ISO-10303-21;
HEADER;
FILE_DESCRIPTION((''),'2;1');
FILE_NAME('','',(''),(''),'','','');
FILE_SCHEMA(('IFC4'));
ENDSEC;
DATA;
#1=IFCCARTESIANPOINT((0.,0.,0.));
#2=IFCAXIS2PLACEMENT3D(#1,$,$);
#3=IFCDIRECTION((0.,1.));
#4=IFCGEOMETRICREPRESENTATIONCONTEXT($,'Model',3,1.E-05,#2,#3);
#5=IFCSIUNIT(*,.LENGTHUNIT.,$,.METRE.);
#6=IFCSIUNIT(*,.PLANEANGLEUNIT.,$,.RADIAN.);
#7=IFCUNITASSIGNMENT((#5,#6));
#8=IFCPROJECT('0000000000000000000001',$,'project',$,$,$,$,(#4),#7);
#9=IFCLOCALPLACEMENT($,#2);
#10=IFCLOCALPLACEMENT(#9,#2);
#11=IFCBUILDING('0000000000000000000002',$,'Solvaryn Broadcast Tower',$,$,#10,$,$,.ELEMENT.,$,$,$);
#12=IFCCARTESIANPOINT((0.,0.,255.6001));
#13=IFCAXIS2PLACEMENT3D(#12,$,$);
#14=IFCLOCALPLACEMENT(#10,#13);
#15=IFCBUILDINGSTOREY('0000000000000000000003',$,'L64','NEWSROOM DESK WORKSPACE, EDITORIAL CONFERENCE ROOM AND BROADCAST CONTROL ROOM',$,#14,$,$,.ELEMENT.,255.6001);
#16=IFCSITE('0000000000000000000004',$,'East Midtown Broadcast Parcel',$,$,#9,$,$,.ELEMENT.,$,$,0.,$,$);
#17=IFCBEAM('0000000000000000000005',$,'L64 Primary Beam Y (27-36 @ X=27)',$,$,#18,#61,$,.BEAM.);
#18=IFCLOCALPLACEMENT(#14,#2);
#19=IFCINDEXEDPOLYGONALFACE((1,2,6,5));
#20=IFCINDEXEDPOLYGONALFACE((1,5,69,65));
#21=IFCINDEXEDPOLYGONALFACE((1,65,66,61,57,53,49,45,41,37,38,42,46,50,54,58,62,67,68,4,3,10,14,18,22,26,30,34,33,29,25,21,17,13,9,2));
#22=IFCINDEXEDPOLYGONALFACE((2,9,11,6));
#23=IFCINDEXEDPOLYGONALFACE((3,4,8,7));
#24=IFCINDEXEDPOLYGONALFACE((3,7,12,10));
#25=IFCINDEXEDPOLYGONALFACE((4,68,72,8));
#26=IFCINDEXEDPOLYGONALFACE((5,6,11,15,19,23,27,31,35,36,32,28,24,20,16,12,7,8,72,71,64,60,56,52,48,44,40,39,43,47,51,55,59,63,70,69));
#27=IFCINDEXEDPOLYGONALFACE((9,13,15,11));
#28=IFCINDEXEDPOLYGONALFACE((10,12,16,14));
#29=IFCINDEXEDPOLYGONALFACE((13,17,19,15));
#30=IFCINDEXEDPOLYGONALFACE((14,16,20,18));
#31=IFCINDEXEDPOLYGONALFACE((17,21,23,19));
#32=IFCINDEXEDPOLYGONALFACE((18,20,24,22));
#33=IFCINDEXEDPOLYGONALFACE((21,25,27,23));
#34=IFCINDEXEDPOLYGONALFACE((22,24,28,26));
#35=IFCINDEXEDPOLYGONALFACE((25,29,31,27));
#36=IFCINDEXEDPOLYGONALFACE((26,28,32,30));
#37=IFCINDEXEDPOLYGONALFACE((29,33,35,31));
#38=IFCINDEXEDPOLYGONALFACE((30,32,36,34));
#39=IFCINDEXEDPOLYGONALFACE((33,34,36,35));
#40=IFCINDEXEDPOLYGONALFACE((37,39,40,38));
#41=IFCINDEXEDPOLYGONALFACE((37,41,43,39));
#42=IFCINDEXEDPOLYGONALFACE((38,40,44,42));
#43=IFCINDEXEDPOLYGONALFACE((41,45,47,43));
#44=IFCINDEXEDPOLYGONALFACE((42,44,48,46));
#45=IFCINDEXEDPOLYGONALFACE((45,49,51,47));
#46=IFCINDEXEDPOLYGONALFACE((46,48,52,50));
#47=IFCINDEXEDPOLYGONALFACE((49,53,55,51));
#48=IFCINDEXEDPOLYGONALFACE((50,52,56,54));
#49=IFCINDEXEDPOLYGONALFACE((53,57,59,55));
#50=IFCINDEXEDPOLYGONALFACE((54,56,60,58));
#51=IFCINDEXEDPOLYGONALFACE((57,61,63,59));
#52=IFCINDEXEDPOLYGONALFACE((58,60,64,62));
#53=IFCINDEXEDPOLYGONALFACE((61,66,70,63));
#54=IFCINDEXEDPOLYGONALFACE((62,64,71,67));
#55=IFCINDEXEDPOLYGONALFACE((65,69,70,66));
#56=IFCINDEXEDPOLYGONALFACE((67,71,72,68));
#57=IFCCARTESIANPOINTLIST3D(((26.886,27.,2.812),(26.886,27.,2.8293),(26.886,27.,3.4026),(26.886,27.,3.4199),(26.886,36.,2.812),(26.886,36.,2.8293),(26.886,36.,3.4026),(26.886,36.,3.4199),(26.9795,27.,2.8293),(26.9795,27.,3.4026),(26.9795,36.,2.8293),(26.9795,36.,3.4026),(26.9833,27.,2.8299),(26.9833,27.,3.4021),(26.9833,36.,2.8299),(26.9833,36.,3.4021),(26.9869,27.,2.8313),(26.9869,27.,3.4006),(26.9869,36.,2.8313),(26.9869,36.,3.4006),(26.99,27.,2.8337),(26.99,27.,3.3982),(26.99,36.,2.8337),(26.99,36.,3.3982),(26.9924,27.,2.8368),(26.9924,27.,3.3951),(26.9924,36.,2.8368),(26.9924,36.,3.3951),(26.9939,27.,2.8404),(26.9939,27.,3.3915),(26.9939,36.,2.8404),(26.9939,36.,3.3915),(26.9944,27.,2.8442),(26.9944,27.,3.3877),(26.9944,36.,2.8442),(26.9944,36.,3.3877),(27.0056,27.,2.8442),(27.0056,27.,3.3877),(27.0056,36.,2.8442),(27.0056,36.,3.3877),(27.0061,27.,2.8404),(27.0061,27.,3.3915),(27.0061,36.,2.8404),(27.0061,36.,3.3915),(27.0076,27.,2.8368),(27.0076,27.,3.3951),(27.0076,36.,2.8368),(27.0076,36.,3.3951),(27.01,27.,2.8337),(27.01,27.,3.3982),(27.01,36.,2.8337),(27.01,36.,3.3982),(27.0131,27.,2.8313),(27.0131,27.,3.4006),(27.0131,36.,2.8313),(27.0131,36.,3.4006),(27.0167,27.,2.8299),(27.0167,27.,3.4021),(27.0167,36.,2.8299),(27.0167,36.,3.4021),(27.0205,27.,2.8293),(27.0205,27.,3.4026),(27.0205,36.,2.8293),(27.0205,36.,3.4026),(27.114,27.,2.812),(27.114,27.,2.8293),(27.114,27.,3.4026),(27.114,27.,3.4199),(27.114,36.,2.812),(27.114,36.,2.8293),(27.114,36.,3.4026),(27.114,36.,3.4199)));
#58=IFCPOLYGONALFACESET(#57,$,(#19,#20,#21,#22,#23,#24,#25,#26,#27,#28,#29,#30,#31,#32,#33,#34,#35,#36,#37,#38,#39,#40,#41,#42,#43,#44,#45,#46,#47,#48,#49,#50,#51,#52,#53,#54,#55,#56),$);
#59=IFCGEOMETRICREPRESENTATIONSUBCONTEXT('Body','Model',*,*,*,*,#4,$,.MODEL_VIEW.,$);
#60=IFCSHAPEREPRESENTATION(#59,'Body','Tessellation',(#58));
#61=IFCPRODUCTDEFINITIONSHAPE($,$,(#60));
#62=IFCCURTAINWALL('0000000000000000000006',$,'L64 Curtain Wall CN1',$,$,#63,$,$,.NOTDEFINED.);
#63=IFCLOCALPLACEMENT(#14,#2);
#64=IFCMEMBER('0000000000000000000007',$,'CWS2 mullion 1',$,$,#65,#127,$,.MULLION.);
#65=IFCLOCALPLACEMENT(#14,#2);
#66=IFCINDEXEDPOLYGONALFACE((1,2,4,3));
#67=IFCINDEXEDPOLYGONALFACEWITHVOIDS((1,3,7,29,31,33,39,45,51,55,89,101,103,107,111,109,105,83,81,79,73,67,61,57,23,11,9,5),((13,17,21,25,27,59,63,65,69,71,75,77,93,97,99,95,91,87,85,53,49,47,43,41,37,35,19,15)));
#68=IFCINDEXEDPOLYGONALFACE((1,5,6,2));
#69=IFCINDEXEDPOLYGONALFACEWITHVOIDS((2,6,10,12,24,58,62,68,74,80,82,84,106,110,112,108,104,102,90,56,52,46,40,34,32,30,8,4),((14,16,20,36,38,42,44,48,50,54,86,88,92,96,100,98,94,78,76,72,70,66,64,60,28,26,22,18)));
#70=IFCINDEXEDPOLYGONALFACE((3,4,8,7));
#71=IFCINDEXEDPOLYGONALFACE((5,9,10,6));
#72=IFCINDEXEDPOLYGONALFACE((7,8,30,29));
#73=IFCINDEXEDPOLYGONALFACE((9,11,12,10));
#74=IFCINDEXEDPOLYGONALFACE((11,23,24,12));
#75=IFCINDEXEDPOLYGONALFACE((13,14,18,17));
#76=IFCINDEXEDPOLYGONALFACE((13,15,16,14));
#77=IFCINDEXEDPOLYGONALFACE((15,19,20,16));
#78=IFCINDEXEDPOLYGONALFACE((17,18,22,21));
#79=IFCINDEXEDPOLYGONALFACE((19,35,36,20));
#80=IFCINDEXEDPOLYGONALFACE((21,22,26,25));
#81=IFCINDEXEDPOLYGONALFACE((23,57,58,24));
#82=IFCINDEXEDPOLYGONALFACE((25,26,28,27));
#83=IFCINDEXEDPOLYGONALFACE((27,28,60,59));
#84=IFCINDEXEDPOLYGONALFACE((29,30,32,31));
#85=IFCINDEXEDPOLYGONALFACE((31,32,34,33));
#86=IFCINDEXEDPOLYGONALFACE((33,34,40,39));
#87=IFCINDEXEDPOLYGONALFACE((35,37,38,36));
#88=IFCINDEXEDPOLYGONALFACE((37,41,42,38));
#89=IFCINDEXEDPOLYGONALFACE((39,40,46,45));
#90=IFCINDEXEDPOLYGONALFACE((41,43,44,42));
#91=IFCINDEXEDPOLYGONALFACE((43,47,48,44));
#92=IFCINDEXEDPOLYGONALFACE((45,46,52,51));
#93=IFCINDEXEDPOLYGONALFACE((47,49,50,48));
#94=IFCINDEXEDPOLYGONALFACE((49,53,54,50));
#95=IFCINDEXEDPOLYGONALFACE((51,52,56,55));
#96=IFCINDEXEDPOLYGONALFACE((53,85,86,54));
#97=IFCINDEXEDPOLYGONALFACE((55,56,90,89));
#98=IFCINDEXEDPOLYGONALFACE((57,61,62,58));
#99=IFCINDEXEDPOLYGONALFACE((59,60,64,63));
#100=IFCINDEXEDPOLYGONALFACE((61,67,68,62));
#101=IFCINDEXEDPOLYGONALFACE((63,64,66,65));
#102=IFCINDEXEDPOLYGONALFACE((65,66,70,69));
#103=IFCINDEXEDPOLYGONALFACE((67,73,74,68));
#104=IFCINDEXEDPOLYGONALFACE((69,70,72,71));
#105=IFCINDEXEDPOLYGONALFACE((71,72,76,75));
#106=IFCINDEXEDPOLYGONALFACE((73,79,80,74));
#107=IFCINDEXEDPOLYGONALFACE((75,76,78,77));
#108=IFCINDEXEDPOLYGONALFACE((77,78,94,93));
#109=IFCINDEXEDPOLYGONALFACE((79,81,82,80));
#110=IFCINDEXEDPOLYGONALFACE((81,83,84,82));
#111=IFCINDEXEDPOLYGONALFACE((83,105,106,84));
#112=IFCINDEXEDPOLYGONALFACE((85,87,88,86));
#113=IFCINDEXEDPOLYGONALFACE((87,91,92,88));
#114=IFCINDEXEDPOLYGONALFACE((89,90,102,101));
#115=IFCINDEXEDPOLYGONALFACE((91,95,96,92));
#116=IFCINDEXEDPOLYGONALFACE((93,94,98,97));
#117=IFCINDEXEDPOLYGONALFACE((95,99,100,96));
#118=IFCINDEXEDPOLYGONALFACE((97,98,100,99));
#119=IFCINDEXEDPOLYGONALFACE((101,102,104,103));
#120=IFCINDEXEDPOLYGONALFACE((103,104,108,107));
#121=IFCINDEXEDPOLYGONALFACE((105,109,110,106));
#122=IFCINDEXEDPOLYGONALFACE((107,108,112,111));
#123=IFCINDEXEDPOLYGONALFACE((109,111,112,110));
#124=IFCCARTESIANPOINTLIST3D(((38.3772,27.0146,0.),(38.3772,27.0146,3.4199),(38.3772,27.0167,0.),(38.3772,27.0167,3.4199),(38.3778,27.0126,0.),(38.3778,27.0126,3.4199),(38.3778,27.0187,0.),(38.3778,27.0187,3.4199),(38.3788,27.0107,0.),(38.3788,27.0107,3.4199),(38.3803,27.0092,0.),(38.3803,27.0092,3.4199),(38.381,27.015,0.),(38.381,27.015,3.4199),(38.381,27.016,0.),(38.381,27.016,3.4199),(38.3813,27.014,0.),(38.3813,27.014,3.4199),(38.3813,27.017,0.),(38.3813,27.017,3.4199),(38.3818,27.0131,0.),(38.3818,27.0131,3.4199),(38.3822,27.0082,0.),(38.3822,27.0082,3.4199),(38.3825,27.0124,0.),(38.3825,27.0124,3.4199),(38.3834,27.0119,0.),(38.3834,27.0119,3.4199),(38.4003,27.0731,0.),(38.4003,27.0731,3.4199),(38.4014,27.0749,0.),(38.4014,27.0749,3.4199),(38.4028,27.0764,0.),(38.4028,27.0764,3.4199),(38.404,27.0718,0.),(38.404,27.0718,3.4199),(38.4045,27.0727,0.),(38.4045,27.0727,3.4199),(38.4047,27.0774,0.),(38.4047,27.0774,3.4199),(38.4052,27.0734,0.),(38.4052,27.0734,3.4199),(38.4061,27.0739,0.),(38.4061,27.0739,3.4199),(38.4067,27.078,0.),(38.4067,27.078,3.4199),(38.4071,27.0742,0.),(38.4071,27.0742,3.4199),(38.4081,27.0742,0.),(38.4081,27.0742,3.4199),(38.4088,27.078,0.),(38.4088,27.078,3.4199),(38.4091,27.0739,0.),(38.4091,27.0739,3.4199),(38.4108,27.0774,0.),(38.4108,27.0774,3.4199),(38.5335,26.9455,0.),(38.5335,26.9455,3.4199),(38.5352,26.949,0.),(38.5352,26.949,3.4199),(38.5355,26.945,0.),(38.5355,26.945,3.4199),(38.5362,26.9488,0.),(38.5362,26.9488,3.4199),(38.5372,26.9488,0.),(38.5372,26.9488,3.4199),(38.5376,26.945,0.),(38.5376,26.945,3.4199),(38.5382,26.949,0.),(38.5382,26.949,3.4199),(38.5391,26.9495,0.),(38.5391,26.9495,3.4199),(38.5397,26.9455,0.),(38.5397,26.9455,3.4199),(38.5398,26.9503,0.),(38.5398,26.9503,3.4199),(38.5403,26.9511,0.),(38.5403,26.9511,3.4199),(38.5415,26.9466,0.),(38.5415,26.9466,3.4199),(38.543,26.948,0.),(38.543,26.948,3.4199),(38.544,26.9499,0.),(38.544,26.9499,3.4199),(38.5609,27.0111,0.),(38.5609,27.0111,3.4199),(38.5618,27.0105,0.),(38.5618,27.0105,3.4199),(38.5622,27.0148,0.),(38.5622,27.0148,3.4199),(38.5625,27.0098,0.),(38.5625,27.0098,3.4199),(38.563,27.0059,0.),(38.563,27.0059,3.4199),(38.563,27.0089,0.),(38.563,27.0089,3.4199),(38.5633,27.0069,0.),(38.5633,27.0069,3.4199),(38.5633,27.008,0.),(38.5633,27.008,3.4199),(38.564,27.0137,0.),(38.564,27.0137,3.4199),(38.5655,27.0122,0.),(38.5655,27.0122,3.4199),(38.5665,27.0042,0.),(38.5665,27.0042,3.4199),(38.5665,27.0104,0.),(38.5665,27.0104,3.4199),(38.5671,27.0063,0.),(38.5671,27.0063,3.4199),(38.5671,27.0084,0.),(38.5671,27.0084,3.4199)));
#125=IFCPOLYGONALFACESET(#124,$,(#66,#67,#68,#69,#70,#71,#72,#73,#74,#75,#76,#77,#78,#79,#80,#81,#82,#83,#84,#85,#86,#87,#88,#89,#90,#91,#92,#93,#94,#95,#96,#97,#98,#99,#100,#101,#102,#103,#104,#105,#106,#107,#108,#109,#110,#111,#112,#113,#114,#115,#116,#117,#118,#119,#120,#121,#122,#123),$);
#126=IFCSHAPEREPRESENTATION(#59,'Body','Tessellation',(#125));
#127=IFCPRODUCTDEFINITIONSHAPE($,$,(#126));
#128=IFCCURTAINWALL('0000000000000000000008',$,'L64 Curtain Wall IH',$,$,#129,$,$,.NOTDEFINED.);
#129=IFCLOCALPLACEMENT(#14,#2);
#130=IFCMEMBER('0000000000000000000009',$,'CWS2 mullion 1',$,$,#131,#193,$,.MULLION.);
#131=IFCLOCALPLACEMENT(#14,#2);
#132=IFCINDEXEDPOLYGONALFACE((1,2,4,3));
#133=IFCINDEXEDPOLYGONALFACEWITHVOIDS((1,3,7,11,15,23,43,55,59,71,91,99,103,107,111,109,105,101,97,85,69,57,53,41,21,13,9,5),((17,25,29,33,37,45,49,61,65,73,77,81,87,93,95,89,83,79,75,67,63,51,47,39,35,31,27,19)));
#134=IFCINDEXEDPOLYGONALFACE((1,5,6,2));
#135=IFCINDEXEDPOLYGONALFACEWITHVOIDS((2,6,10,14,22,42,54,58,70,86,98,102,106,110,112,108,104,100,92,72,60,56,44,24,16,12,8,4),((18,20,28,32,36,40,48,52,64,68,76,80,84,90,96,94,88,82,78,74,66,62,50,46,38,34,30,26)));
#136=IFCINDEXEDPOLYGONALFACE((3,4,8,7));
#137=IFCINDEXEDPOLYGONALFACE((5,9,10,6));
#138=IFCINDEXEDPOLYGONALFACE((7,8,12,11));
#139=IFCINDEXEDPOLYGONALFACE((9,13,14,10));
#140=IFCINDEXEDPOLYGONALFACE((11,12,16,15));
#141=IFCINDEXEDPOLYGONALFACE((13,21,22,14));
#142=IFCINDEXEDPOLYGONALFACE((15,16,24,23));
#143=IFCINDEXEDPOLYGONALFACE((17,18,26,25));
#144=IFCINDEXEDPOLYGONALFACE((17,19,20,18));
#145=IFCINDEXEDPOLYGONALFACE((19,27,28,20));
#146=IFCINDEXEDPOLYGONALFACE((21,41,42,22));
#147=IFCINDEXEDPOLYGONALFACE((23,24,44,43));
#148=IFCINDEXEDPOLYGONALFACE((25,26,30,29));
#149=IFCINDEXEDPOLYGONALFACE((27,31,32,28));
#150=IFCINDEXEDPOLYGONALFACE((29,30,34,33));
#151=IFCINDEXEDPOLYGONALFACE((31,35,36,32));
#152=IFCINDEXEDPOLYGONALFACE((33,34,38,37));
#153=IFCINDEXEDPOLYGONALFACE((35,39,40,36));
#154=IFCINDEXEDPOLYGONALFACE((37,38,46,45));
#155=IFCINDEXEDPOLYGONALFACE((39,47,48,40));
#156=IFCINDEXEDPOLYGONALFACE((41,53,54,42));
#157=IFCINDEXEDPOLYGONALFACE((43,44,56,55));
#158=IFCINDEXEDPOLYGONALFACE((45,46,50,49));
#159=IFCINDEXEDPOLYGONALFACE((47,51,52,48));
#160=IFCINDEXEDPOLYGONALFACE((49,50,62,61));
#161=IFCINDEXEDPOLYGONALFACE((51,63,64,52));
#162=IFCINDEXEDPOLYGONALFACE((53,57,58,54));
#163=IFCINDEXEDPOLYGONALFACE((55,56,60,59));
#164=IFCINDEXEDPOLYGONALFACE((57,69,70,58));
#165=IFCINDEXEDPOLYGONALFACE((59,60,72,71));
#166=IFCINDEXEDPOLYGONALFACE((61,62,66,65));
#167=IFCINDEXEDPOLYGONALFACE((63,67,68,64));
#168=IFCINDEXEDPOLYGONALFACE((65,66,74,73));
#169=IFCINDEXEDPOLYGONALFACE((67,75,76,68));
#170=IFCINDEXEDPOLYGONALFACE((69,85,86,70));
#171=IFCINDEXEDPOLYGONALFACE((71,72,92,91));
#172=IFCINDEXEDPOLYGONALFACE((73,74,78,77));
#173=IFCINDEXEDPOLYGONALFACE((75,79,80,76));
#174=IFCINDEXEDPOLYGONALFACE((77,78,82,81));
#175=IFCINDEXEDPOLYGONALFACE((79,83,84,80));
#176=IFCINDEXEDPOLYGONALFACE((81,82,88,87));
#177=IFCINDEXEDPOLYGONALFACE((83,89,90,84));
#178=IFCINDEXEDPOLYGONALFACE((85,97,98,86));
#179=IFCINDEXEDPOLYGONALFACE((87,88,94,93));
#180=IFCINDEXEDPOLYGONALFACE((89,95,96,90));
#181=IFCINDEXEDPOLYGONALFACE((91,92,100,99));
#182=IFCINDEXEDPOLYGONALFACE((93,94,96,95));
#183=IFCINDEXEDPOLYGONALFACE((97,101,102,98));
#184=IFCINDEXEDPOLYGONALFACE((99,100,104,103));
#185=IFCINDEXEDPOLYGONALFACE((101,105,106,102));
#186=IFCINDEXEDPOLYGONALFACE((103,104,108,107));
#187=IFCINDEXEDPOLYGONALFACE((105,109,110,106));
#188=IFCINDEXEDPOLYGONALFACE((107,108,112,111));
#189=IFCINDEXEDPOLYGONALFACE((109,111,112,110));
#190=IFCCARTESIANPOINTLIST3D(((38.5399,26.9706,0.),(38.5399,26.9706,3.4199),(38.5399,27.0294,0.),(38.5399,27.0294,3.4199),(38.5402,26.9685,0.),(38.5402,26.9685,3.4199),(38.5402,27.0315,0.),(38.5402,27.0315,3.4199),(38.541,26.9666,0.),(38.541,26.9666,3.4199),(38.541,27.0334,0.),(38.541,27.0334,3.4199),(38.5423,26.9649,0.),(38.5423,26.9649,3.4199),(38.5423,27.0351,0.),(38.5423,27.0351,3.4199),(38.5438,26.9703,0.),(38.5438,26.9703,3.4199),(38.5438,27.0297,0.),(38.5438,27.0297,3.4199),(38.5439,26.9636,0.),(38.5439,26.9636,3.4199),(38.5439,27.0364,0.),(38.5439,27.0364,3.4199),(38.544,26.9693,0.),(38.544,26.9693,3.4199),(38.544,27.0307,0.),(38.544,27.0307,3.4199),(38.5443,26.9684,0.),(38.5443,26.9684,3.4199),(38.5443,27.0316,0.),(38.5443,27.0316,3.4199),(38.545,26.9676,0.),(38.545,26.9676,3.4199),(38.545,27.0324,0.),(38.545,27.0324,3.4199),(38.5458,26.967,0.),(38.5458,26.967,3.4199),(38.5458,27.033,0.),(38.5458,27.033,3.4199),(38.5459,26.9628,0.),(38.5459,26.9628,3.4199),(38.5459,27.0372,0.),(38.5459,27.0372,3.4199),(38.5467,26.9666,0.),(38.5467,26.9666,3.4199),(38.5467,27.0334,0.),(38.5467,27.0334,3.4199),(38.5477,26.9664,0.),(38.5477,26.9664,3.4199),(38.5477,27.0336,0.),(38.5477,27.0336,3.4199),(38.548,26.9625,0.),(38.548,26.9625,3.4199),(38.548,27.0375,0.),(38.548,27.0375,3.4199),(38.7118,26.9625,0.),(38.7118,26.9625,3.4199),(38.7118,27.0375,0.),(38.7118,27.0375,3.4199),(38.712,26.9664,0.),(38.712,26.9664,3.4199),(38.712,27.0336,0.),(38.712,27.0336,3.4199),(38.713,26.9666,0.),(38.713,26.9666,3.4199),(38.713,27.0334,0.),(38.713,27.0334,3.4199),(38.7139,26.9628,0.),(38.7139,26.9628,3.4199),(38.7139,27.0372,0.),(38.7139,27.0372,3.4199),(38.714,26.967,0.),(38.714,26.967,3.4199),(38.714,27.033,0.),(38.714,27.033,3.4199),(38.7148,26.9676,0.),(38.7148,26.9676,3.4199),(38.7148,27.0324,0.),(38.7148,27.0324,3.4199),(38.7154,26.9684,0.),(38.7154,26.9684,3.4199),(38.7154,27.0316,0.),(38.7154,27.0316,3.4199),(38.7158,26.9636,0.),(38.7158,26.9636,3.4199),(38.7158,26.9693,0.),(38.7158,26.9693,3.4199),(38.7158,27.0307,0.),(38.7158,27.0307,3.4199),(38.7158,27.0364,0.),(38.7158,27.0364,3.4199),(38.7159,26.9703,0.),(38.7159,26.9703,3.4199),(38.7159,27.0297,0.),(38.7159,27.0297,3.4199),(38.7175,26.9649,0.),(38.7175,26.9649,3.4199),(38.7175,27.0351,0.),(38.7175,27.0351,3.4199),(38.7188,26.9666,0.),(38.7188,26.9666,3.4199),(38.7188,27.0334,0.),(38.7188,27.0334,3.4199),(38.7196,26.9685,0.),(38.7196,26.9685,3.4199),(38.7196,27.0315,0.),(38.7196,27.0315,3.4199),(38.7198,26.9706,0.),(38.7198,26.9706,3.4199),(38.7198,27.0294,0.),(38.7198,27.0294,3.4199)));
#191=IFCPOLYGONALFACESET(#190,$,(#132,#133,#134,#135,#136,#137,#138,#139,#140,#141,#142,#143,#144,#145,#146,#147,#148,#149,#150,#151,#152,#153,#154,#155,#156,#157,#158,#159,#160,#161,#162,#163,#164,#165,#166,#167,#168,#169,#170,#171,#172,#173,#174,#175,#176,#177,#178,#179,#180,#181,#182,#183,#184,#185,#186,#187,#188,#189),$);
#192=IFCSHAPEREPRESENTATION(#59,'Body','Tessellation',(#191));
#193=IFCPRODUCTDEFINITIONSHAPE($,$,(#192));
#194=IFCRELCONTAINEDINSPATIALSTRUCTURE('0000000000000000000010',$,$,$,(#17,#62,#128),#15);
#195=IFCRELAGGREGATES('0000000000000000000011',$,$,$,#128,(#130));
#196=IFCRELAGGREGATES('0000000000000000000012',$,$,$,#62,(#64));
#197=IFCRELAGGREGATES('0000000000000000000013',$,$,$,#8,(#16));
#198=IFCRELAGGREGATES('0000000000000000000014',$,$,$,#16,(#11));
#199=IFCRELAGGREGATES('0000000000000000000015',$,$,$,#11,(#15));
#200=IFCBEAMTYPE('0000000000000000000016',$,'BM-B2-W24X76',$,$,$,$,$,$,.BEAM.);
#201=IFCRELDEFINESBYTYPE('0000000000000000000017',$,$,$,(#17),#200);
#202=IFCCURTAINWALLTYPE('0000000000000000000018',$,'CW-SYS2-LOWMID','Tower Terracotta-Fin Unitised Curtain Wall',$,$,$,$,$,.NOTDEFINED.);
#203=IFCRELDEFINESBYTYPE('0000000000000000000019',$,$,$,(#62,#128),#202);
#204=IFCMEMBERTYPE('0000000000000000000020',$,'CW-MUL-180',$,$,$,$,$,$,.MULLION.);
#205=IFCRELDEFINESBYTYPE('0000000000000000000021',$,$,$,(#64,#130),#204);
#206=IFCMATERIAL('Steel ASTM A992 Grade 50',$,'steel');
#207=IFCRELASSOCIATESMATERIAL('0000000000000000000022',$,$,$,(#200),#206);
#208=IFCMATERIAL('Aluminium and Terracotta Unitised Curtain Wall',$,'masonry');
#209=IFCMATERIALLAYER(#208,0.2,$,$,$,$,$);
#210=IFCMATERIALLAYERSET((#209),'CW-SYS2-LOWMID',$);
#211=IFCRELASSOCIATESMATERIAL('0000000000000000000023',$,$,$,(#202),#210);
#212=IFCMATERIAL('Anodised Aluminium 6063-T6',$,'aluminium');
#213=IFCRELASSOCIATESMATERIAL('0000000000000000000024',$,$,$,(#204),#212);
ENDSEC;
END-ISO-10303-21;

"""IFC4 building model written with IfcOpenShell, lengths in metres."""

from ifc_helpers import new_model, si_unit, direction, frame, origin, origin_2d, place, context, subcontext, project, spatial, hollow_rectangle, i_section, extrude, material, layer, layer_set, material_profile, profile_set, type_object, element, aggregate, save


model = new_model("IFC4")

# Units and contexts
model_context = context("Model", 3, precision=1e-05, world=origin(), true_north=direction((0.0, 1.0)))
body_context = subcontext(model_context, "Body", "Model", "MODEL_VIEW")
ifc_project = project(units=[si_unit("LENGTHUNIT", "METRE"), si_unit("PLANEANGLEUNIT", "RADIAN")], contexts=[model_context])

# Site, building, storey
site_placement = place(None, origin())
site = spatial("IfcSite", under=ifc_project, at=site_placement, Name="East Midtown Broadcast Parcel", CompositionType="ELEMENT", RefElevation=0.0)
building_placement = place(site_placement, origin())
building = spatial("IfcBuilding", under=site, at=building_placement, Name="Solvaryn Broadcast Tower", CompositionType="ELEMENT")
storey_placement = place(building_placement, frame((0.0, 0.0, 255.6001)))
storey = spatial("IfcBuildingStorey", under=building, at=storey_placement, Name="L64", Description="NEWSROOM DESK WORKSPACE, EDITORIAL CONFERENCE ROOM AND BROADCAST CONTROL ROOM", CompositionType="ELEMENT", Elevation=255.6001)

# Beam
ifc_material_1 = material(Name="Steel ASTM A992 Grade 50", Category="steel")
ifc_material_profile_1 = material_profile(ifc_material_1, i_section(OverallWidth=0.228, OverallDepth=0.6079, WebThickness=0.0112, FlangeThickness=0.0173, FilletRadius=0.0149, at=origin_2d()))
ifc_profile_set_1 = profile_set([ifc_material_profile_1], Name="Steel ASTM A992 Grade 50")
beam_type_1 = type_object("IfcBeamType", Name="BM-B2-W24X76", PredefinedType="BEAM", material=ifc_profile_set_1)
beam_1_placement = place(storey_placement, frame((27.0, 27.0, 3.116), z_axis=(0.0, 1.0, 0.0), x_axis=(-1.0, 0.0, 0.0)))
element("IfcBeam", 1, at=beam_1_placement, inside=storey, type_object=beam_type_1, Name="L64 Primary Beam Y (27-36 @ X=27)", PredefinedType="BEAM", context=body_context, shape_type="SweptSolid", body=[
    extrude(i_section(OverallWidth=0.228, OverallDepth=0.6079, WebThickness=0.0112, FlangeThickness=0.0173, FilletRadius=0.0149, at=origin_2d()), origin(), (0.0, 0.0, 1.0), 9.0),
])

# Curtain walls, members
ifc_material_2 = material(Name="Aluminium and Terracotta Unitised Curtain Wall", Category="masonry")
ifc_layer_1 = layer(ifc_material_2, 0.2)
ifc_layer_set_1 = layer_set([ifc_layer_1], Name="CW-SYS2-LOWMID")
curtain_wall_type = type_object("IfcCurtainWallType", Name="CW-SYS2-LOWMID", Description="Tower Terracotta-Fin Unitised Curtain Wall", PredefinedType="NOTDEFINED", material=ifc_layer_set_1)
curtain_wall_1_placement = place(storey_placement, origin())
curtain_wall_1 = element("IfcCurtainWall", 2, at=curtain_wall_1_placement, inside=storey, type_object=curtain_wall_type, Name="L64 Curtain Wall CN1", PredefinedType="NOTDEFINED")
ifc_material_3 = material(Name="Anodised Aluminium 6063-T6", Category="aluminium")
ifc_material_profile_2 = material_profile(ifc_material_3, hollow_rectangle(XDim=0.075, YDim=0.1799, WallThickness=0.0039, InnerFilletRadius=0.0039, OuterFilletRadius=0.0081, at=origin_2d()))
ifc_profile_set_2 = profile_set([ifc_material_profile_2], Name="Anodised Aluminium 6063-T6")
member_type_1 = type_object("IfcMemberType", Name="CW-MUL-180", PredefinedType="MULLION", material=ifc_profile_set_2)
member_1_placement = place(storey_placement, frame((38.4722, 27.0115, 0.0), z_axis=(0.0, 0.0, 1.0), x_axis=(-0.382646, -0.923895, 0.0)))
member_1 = element("IfcMember", 3, at=member_1_placement, type_object=member_type_1, Name="CWS2 mullion 1", PredefinedType="MULLION", context=body_context, shape_type="SweptSolid", body=[
    extrude(hollow_rectangle(XDim=0.075, YDim=0.1799, WallThickness=0.0039, InnerFilletRadius=0.0039, OuterFilletRadius=0.0081, at=origin_2d()), origin(), (0.0, 0.0, 1.0), 3.4199),
])
curtain_wall_2_placement = place(storey_placement, origin())
curtain_wall_2 = element("IfcCurtainWall", 4, at=curtain_wall_2_placement, inside=storey, type_object=curtain_wall_type, Name="L64 Curtain Wall IH", PredefinedType="NOTDEFINED")
member_2_placement = place(storey_placement, frame((38.6299, 27.0, 0.0), z_axis=(0.0, 0.0, 1.0), x_axis=(0.0, 1.0, 0.0)))
member_2 = element("IfcMember", 5, at=member_2_placement, type_object=member_type_1, Name="CWS2 mullion 1", PredefinedType="MULLION", context=body_context, shape_type="SweptSolid", body=[
    extrude(hollow_rectangle(XDim=0.075, YDim=0.1799, WallThickness=0.0039, InnerFilletRadius=0.0039, OuterFilletRadius=0.0081, at=origin_2d()), origin(), (0.0, 0.0, 1.0), 3.4199),
])
aggregate(curtain_wall_2, [member_2])

aggregate(curtain_wall_1, [member_1])

save(model, "model.ifc")
